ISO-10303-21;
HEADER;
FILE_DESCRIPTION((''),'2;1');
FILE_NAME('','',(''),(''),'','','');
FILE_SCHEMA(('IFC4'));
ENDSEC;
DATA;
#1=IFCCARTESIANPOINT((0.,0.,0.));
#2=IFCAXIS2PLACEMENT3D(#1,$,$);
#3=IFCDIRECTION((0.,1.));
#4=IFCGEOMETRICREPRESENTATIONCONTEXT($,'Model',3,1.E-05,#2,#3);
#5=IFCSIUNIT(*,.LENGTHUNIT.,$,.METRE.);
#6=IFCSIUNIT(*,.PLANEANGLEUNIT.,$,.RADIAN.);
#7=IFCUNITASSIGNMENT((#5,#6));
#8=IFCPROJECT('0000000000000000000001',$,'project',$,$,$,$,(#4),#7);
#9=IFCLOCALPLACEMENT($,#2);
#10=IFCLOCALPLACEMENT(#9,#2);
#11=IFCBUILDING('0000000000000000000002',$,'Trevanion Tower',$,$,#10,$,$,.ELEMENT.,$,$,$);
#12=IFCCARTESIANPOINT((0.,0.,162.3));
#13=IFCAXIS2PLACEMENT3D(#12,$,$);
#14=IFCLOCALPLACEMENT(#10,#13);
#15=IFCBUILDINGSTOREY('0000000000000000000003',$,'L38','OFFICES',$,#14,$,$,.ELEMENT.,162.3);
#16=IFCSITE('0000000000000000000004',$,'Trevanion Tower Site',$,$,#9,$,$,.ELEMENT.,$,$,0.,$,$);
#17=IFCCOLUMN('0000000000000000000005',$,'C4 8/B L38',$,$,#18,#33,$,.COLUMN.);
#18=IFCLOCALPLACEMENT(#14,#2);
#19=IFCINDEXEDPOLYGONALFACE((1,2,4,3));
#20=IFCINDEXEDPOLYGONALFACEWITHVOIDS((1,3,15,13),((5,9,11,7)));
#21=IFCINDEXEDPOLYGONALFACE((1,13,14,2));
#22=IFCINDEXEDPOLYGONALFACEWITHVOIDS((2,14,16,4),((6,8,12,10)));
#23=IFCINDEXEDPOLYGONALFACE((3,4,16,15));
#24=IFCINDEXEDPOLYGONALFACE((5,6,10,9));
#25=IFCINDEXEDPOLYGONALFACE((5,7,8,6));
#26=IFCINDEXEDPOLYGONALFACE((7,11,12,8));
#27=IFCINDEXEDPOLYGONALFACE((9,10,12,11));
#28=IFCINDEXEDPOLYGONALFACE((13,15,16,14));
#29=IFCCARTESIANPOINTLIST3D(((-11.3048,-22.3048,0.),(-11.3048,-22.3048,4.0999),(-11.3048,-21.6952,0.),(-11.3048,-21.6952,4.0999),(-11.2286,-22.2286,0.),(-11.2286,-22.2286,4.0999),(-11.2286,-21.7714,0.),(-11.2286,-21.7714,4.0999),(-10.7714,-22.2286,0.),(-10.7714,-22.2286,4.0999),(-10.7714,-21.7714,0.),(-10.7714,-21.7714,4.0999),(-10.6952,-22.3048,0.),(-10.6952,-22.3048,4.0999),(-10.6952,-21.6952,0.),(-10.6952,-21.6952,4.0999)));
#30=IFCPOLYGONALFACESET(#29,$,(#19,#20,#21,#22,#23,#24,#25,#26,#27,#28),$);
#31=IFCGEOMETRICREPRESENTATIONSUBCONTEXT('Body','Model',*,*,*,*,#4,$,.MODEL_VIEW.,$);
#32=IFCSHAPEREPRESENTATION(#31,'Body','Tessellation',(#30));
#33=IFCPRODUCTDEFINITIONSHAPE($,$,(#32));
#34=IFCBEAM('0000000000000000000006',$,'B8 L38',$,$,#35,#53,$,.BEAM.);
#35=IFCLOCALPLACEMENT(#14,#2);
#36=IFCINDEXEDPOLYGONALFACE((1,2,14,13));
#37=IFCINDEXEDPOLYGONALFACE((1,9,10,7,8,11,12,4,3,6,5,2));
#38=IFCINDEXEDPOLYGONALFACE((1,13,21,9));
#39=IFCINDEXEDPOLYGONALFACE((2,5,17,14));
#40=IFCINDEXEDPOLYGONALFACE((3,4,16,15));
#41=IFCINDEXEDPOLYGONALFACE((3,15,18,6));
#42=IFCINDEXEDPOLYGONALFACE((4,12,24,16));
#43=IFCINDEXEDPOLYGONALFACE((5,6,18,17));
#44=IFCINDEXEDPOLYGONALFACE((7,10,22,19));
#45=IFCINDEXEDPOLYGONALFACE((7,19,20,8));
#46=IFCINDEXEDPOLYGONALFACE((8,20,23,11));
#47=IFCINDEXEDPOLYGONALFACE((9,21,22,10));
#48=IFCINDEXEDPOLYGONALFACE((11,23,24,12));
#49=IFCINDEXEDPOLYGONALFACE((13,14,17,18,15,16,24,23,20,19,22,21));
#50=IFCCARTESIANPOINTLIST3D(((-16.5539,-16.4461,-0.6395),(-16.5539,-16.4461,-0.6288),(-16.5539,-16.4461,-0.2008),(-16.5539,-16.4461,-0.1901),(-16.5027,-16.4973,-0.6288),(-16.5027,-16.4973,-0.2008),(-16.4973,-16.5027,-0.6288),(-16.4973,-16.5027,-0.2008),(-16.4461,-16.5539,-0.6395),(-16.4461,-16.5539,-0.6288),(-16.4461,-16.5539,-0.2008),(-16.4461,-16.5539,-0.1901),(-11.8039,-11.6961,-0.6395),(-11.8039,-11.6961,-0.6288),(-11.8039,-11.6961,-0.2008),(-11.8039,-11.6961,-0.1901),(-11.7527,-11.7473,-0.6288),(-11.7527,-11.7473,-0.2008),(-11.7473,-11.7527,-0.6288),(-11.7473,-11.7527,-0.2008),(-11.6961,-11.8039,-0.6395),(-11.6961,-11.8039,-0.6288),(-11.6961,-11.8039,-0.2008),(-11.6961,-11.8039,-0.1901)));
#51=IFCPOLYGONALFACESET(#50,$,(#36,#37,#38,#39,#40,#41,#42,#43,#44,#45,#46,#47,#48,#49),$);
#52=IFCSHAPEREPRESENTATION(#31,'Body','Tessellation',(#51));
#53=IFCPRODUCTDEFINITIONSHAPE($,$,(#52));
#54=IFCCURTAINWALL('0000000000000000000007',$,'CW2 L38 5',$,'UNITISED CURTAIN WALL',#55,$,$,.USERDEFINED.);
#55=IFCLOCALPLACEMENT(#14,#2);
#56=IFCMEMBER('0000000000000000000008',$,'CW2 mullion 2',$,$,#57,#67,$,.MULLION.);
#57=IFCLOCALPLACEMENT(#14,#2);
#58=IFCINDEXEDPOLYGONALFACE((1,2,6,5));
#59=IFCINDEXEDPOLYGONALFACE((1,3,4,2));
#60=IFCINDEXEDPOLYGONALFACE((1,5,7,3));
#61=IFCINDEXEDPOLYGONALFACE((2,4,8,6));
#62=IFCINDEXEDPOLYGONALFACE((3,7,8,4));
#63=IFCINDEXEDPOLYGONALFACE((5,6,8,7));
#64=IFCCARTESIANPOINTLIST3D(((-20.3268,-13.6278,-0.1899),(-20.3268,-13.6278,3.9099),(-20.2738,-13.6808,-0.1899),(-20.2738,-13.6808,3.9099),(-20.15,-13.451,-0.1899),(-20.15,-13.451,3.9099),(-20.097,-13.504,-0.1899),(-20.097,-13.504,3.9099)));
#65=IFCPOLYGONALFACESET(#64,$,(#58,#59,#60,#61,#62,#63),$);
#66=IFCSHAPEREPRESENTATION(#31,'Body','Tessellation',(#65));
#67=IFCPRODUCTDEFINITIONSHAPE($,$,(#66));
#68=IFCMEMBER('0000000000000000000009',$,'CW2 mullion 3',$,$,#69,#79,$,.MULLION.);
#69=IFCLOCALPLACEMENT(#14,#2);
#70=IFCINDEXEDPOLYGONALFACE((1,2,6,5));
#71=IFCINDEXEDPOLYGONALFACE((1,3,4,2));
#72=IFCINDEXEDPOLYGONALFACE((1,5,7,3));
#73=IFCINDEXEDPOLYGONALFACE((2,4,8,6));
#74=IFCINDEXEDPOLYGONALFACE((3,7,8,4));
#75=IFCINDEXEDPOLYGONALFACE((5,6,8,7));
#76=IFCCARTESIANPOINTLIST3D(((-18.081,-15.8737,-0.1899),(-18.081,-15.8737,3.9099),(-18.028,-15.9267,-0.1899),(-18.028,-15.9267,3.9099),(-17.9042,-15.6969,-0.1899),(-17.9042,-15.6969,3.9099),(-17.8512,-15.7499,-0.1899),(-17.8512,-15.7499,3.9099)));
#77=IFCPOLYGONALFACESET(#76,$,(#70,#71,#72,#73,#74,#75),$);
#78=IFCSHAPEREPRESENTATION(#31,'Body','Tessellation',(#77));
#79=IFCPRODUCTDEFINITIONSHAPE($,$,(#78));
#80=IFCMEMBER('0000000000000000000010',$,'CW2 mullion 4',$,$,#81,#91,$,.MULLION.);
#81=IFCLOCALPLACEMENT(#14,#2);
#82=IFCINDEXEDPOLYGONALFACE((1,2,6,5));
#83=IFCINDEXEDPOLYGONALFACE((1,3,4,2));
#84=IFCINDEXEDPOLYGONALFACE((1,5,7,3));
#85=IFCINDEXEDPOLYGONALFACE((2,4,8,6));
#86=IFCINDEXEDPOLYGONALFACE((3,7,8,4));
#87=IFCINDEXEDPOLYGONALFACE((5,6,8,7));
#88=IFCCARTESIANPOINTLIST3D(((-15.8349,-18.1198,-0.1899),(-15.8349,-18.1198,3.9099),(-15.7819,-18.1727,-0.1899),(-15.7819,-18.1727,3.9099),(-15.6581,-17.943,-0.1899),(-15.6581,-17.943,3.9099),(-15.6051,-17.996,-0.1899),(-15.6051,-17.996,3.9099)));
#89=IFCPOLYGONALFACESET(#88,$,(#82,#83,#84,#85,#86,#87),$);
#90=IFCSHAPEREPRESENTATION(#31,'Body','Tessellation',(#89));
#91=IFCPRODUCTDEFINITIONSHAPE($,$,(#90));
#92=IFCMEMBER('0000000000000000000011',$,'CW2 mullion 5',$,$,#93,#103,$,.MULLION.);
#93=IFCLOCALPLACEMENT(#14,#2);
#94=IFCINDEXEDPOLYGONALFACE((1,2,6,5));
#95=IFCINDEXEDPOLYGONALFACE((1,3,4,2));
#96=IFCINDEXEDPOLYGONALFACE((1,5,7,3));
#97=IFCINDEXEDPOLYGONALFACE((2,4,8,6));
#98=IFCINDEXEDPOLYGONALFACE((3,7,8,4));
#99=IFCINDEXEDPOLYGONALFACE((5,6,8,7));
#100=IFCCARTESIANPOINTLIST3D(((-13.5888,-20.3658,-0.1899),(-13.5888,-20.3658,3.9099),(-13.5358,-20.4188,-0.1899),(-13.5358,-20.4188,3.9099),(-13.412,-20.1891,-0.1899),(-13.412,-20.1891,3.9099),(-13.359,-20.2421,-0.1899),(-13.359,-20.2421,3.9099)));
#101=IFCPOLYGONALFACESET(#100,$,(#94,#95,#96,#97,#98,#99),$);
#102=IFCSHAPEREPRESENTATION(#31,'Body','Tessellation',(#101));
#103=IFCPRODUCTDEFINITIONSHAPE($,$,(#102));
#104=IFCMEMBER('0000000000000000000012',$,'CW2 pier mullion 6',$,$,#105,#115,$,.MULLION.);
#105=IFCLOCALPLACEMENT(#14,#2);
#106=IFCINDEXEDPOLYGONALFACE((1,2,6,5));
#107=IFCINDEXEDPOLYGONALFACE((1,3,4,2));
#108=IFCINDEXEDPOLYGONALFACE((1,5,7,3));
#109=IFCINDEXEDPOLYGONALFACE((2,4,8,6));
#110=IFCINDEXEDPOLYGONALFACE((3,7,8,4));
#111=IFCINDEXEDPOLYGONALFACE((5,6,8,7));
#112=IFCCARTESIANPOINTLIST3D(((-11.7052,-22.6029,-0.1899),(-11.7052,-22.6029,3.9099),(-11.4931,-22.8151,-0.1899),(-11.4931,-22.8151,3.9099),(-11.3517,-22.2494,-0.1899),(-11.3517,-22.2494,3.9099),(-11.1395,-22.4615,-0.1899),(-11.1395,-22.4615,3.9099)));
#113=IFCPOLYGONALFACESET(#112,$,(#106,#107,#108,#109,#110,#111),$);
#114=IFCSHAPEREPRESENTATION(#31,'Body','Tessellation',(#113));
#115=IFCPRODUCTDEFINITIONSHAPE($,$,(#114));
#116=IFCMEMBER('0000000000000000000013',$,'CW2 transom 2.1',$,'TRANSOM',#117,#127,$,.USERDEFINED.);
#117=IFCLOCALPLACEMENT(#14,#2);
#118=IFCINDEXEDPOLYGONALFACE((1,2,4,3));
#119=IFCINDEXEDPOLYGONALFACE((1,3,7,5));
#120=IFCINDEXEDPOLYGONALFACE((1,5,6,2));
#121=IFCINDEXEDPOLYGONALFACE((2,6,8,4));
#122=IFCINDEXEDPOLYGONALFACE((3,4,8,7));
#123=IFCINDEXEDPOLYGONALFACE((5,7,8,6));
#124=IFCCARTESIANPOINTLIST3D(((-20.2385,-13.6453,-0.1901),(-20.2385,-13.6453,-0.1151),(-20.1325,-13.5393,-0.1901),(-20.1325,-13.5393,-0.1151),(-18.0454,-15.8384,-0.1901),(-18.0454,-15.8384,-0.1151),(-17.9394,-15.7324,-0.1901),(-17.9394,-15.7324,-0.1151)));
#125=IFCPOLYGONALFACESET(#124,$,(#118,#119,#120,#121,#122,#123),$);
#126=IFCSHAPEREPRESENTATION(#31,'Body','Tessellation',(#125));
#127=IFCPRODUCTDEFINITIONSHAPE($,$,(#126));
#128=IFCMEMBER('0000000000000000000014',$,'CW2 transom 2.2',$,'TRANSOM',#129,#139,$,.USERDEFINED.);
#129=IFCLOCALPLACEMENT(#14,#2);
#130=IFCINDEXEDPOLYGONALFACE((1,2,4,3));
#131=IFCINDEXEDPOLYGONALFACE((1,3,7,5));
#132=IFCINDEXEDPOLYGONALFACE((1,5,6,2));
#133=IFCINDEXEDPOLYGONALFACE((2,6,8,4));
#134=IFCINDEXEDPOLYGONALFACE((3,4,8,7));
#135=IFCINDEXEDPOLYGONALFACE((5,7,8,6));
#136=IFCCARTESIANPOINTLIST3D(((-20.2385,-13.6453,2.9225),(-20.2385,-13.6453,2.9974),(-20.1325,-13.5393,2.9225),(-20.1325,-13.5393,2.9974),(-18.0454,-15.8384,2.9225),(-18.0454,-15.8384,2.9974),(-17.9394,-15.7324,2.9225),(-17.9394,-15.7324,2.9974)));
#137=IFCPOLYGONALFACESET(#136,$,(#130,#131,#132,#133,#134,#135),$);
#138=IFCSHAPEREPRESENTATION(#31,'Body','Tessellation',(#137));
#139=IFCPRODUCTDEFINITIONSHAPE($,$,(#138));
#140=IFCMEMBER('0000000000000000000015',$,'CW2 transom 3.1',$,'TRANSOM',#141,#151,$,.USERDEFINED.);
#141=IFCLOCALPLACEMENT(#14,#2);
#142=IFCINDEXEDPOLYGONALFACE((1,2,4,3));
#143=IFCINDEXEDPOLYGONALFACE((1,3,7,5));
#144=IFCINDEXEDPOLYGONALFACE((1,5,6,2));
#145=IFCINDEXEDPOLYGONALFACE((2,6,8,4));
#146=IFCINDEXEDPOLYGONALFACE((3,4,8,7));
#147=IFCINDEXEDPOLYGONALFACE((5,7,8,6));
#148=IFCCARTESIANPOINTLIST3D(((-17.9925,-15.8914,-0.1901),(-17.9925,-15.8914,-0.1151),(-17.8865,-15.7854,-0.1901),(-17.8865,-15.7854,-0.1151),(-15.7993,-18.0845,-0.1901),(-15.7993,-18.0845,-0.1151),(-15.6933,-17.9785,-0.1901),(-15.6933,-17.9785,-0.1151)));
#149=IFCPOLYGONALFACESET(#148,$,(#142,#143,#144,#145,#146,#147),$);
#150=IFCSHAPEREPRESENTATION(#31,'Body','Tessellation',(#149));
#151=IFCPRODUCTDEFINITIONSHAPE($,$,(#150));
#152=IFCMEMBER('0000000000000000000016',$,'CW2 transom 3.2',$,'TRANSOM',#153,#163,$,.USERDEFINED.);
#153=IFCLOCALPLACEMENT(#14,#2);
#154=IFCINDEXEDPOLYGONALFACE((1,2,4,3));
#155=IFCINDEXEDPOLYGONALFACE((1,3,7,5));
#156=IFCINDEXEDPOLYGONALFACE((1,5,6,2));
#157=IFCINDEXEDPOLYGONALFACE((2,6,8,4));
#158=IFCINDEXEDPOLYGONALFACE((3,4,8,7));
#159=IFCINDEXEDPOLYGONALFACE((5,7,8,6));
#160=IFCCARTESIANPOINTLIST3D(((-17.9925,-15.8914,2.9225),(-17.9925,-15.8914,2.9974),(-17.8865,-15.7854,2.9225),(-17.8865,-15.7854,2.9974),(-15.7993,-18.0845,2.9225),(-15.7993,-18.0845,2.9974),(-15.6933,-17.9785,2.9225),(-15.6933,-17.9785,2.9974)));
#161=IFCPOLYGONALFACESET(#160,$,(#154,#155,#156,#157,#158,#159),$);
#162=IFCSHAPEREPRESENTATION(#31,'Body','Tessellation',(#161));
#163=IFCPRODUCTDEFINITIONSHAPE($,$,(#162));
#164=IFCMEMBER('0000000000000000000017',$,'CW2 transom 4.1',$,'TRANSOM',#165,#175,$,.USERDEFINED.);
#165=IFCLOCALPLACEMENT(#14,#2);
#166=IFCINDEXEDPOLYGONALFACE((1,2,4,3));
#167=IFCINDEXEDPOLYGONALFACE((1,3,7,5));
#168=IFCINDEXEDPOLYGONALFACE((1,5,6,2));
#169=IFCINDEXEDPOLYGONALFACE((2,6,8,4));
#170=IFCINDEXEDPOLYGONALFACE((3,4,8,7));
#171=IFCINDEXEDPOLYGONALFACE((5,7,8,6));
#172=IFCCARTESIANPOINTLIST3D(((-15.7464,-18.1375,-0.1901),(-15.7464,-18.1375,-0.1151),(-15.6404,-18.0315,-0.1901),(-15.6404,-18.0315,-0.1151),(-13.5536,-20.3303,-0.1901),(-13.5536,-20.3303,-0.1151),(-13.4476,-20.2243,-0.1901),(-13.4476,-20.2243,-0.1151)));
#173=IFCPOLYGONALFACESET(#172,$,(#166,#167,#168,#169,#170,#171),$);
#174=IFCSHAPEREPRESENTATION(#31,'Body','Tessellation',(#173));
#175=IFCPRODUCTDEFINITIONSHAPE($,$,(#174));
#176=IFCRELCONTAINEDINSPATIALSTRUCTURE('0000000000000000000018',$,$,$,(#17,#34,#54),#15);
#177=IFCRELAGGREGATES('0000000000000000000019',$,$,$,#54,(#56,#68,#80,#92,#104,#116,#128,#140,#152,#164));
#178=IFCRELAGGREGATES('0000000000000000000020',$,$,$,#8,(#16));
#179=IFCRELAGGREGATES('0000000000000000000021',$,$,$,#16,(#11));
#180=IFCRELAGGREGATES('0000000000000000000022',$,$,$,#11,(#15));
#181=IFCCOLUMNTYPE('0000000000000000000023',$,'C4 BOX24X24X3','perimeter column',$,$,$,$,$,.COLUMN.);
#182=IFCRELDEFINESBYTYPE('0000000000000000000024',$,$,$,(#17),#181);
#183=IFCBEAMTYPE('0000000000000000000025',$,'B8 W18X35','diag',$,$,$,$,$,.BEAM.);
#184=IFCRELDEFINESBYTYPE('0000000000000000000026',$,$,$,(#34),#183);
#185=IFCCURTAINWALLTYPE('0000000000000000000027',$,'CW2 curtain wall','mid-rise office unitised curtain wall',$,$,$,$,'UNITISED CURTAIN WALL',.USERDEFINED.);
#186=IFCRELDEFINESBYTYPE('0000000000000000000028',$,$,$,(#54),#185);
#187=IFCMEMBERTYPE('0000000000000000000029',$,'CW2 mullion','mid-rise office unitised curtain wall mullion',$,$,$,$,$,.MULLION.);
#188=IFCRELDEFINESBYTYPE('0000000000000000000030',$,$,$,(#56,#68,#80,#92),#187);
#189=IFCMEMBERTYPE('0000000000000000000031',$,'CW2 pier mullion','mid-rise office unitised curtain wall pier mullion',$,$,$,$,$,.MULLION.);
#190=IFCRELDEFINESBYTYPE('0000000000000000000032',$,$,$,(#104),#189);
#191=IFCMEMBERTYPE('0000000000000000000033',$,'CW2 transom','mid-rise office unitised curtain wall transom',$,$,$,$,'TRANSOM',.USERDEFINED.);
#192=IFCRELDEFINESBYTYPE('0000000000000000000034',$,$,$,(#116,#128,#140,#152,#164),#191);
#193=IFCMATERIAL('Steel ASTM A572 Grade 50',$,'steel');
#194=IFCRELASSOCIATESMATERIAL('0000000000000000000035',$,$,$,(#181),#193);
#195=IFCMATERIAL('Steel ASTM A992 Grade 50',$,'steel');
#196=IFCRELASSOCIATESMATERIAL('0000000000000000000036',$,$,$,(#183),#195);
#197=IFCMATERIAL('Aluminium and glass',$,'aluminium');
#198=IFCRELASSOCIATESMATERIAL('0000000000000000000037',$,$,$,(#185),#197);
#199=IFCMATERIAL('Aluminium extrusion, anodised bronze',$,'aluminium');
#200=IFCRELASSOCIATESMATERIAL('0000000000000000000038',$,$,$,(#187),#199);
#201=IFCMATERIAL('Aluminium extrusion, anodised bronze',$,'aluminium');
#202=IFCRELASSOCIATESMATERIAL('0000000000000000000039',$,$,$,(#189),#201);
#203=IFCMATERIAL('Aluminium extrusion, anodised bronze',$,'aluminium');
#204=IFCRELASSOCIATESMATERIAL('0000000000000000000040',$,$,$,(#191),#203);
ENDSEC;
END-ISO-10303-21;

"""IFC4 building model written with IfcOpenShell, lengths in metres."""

from ifc_helpers import new_model, si_unit, direction, frame, origin, origin_2d, place, context, subcontext, project, spatial, rectangle, hollow_rectangle, i_section, extrude, material, material_profile, profile_set, type_object, element, aggregate, save


model = new_model("IFC4")

# Units and contexts
model_context = context("Model", 3, precision=1e-05, world=origin(), true_north=direction((0.0, 1.0)))
body_context = subcontext(model_context, "Body", "Model", "MODEL_VIEW")
ifc_project = project(units=[si_unit("LENGTHUNIT", "METRE"), si_unit("PLANEANGLEUNIT", "RADIAN")], contexts=[model_context])

# Site, building, storey
site_placement = place(None, origin())
site = spatial("IfcSite", under=ifc_project, at=site_placement, Name="Trevanion Tower Site", CompositionType="ELEMENT", RefElevation=0.0)
building_placement = place(site_placement, origin())
building = spatial("IfcBuilding", under=site, at=building_placement, Name="Trevanion Tower", CompositionType="ELEMENT")
storey_placement = place(building_placement, frame((0.0, 0.0, 162.3)))
storey = spatial("IfcBuildingStorey", under=building, at=storey_placement, Name="L38", Description="OFFICES", CompositionType="ELEMENT", Elevation=162.3)

# Column
ifc_material_1 = material(Name="Steel ASTM A572 Grade 50", Category="steel")
ifc_material_profile_1 = material_profile(ifc_material_1, hollow_rectangle(XDim=0.6096, YDim=0.6096, WallThickness=0.0762, at=origin_2d()), Name="BOX24X24X3")
ifc_profile_set_1 = profile_set([ifc_material_profile_1], Name="Steel ASTM A572 Grade 50")
column_type = type_object("IfcColumnType", Name="C4 BOX24X24X3", Description="perimeter column", PredefinedType="COLUMN", material=ifc_profile_set_1)
column_placement = place(storey_placement, frame((-11.0, -22.0, 0.0), z_axis=(0.0, 0.0, 1.0), x_axis=(1.0, 0.0, 0.0)))
element("IfcColumn", 1, at=column_placement, inside=storey, type_object=column_type, Name="C4 8/B L38", PredefinedType="COLUMN", context=body_context, shape_type="SweptSolid", body=[
    extrude(hollow_rectangle(XDim=0.6096, YDim=0.6096, WallThickness=0.0762, at=origin_2d()), origin(), (0.0, 0.0, 1.0), 4.0999),
])

# Beam
ifc_material_2 = material(Name="Steel ASTM A992 Grade 50", Category="steel")
ifc_material_profile_2 = material_profile(ifc_material_2, i_section(OverallWidth=0.1523, OverallDepth=0.4495, WebThickness=0.0076, FlangeThickness=0.0107, at=origin_2d()), Name="W18X35")
ifc_profile_set_2 = profile_set([ifc_material_profile_2], Name="Steel ASTM A992 Grade 50")
beam_type_1 = type_object("IfcBeamType", Name="B8 W18X35", Description="diag", PredefinedType="BEAM", material=ifc_profile_set_2)
beam_1_placement = place(storey_placement, frame((-11.75, -11.75, -0.4148), z_axis=(-0.707107, -0.707107, 0.0), x_axis=(0.707107, -0.707107, 0.0)))
element("IfcBeam", 2, at=beam_1_placement, inside=storey, type_object=beam_type_1, Name="B8 L38", PredefinedType="BEAM", context=body_context, shape_type="SweptSolid", body=[
    extrude(i_section(OverallWidth=0.1523, OverallDepth=0.4495, WebThickness=0.0076, FlangeThickness=0.0107, at=origin_2d()), origin(), (0.0, 0.0, 1.0), 6.7175),
])

# Curtain wall, members
ifc_material_3 = material(Name="Aluminium and glass", Category="aluminium")
curtain_wall_type = type_object("IfcCurtainWallType", Name="CW2 curtain wall", Description="mid-rise office unitised curtain wall", ElementType="UNITISED CURTAIN WALL", PredefinedType="USERDEFINED", material=ifc_material_3)
curtain_wall_placement = place(storey_placement, origin())
curtain_wall = element("IfcCurtainWall", 3, at=curtain_wall_placement, inside=storey, type_object=curtain_wall_type, Name="CW2 L38 5", ObjectType="UNITISED CURTAIN WALL", PredefinedType="USERDEFINED")
ifc_material_4 = material(Name="Aluminium extrusion, anodised bronze", Category="aluminium")
ifc_material_profile_3 = material_profile(ifc_material_4, rectangle(XDim=0.075, YDim=0.25, at=origin_2d()), Name="CW2 mullion")
ifc_profile_set_3 = profile_set([ifc_material_profile_3], Name="Aluminium extrusion, anodised bronze")
member_type_1 = type_object("IfcMemberType", Name="CW2 mullion", Description="mid-rise office unitised curtain wall mullion", PredefinedType="MULLION", material=ifc_profile_set_3)
member_1_placement = place(storey_placement, frame((-20.2119, -13.5659, -0.1899), z_axis=(0.0, 0.0, 1.0), x_axis=(0.707107, -0.707107, 0.0)))
member_1 = element("IfcMember", 4, at=member_1_placement, type_object=member_type_1, Name="CW2 mullion 2", PredefinedType="MULLION", context=body_context, shape_type="SweptSolid", body=[
    extrude(rectangle(XDim=0.075, YDim=0.25, at=origin_2d()), origin(), (0.0, 0.0, 1.0), 4.0999),
])
member_2_placement = place(storey_placement, frame((-17.9661, -15.8118, -0.1899), z_axis=(0.0, 0.0, 1.0), x_axis=(0.707107, -0.707107, 0.0)))
member_2 = element("IfcMember", 5, at=member_2_placement, type_object=member_type_1, Name="CW2 mullion 3", PredefinedType="MULLION", context=body_context, shape_type="SweptSolid", body=[
    extrude(rectangle(XDim=0.075, YDim=0.25, at=origin_2d()), origin(), (0.0, 0.0, 1.0), 4.0999),
])
member_3_placement = place(storey_placement, frame((-15.72, -18.0579, -0.1899), z_axis=(0.0, 0.0, 1.0), x_axis=(0.707107, -0.707107, 0.0)))
member_3 = element("IfcMember", 6, at=member_3_placement, type_object=member_type_1, Name="CW2 mullion 4", PredefinedType="MULLION", context=body_context, shape_type="SweptSolid", body=[
    extrude(rectangle(XDim=0.075, YDim=0.25, at=origin_2d()), origin(), (0.0, 0.0, 1.0), 4.0999),
])
member_4_placement = place(storey_placement, frame((-13.4739, -20.304, -0.1899), z_axis=(0.0, 0.0, 1.0), x_axis=(0.707107, -0.707107, 0.0)))
member_4 = element("IfcMember", 7, at=member_4_placement, type_object=member_type_1, Name="CW2 mullion 5", PredefinedType="MULLION", context=body_context, shape_type="SweptSolid", body=[
    extrude(rectangle(XDim=0.075, YDim=0.25, at=origin_2d()), origin(), (0.0, 0.0, 1.0), 4.0999),
])
ifc_material_5 = material(Name="Aluminium extrusion, anodised bronze", Category="aluminium")
ifc_material_profile_4 = material_profile(ifc_material_5, rectangle(XDim=0.3, YDim=0.5, at=origin_2d()), Name="CW2 pier mullion")
ifc_profile_set_4 = profile_set([ifc_material_profile_4], Name="Aluminium extrusion, anodised bronze")
member_type_2 = type_object("IfcMemberType", Name="CW2 pier mullion", Description="mid-rise office unitised curtain wall pier mullion", PredefinedType="MULLION", material=ifc_profile_set_4)
member_5_placement = place(storey_placement, frame((-11.4224, -22.5322, -0.1899), z_axis=(0.0, 0.0, 1.0), x_axis=(0.707107, -0.707107, 0.0)))
member_5 = element("IfcMember", 8, at=member_5_placement, type_object=member_type_2, Name="CW2 pier mullion 6", PredefinedType="MULLION", context=body_context, shape_type="SweptSolid", body=[
    extrude(rectangle(XDim=0.3, YDim=0.5, at=origin_2d()), origin(), (0.0, 0.0, 1.0), 4.0999),
])
ifc_material_6 = material(Name="Aluminium extrusion, anodised bronze", Category="aluminium")
ifc_material_profile_5 = material_profile(ifc_material_6, rectangle(XDim=0.1499, YDim=0.075, at=origin_2d()), Name="CW2 transom")
ifc_profile_set_5 = profile_set([ifc_material_profile_5], Name="Aluminium extrusion, anodised bronze")
member_type_3 = type_object("IfcMemberType", Name="CW2 transom", Description="mid-rise office unitised curtain wall transom", ElementType="TRANSOM", PredefinedType="USERDEFINED", material=ifc_profile_set_5)
member_6_placement = place(storey_placement, frame((-20.1855, -13.5923, -0.1526), z_axis=(0.707107, -0.707107, 0.0), x_axis=(0.707107, 0.707107, 0.0)))
member_6 = element("IfcMember", 9, at=member_6_placement, type_object=member_type_3, Name="CW2 transom 2.1", ObjectType="TRANSOM", PredefinedType="USERDEFINED", context=body_context, shape_type="SweptSolid", body=[
    extrude(rectangle(XDim=0.1499, YDim=0.075, at=origin_2d()), origin(), (0.0, 0.0, 1.0), 3.1016),
])
member_7_placement = place(storey_placement, frame((-20.1855, -13.5923, 2.96), z_axis=(0.707107, -0.707107, 0.0), x_axis=(0.707107, 0.707107, 0.0)))
member_7 = element("IfcMember", 10, at=member_7_placement, type_object=member_type_3, Name="CW2 transom 2.2", ObjectType="TRANSOM", PredefinedType="USERDEFINED", context=body_context, shape_type="SweptSolid", body=[
    extrude(rectangle(XDim=0.1499, YDim=0.075, at=origin_2d()), origin(), (0.0, 0.0, 1.0), 3.1016),
])
member_8_placement = place(storey_placement, frame((-17.9395, -15.8384, -0.1526), z_axis=(0.707107, -0.707107, 0.0), x_axis=(0.707107, 0.707107, 0.0)))
member_8 = element("IfcMember", 11, at=member_8_placement, type_object=member_type_3, Name="CW2 transom 3.1", ObjectType="TRANSOM", PredefinedType="USERDEFINED", context=body_context, shape_type="SweptSolid", body=[
    extrude(rectangle(XDim=0.1499, YDim=0.075, at=origin_2d()), origin(), (0.0, 0.0, 1.0), 3.1016),
])
member_9_placement = place(storey_placement, frame((-17.9395, -15.8384, 2.96), z_axis=(0.707107, -0.707107, 0.0), x_axis=(0.707107, 0.707107, 0.0)))
member_9 = element("IfcMember", 12, at=member_9_placement, type_object=member_type_3, Name="CW2 transom 3.2", ObjectType="TRANSOM", PredefinedType="USERDEFINED", context=body_context, shape_type="SweptSolid", body=[
    extrude(rectangle(XDim=0.1499, YDim=0.075, at=origin_2d()), origin(), (0.0, 0.0, 1.0), 3.1016),
])
member_10_placement = place(storey_placement, frame((-15.6934, -18.0845, -0.1526), z_axis=(0.707107, -0.707107, 0.0), x_axis=(0.707107, 0.707107, 0.0)))
member_10 = element("IfcMember", 13, at=member_10_placement, type_object=member_type_3, Name="CW2 transom 4.1", ObjectType="TRANSOM", PredefinedType="USERDEFINED", context=body_context, shape_type="SweptSolid", body=[
    extrude(rectangle(XDim=0.1499, YDim=0.075, at=origin_2d()), origin(), (0.0, 0.0, 1.0), 3.1011),
])

aggregate(curtain_wall, [member_1, member_2, member_3, member_4, member_5, member_6, member_7, member_8, member_9, member_10])

save(model, "model.ifc")
